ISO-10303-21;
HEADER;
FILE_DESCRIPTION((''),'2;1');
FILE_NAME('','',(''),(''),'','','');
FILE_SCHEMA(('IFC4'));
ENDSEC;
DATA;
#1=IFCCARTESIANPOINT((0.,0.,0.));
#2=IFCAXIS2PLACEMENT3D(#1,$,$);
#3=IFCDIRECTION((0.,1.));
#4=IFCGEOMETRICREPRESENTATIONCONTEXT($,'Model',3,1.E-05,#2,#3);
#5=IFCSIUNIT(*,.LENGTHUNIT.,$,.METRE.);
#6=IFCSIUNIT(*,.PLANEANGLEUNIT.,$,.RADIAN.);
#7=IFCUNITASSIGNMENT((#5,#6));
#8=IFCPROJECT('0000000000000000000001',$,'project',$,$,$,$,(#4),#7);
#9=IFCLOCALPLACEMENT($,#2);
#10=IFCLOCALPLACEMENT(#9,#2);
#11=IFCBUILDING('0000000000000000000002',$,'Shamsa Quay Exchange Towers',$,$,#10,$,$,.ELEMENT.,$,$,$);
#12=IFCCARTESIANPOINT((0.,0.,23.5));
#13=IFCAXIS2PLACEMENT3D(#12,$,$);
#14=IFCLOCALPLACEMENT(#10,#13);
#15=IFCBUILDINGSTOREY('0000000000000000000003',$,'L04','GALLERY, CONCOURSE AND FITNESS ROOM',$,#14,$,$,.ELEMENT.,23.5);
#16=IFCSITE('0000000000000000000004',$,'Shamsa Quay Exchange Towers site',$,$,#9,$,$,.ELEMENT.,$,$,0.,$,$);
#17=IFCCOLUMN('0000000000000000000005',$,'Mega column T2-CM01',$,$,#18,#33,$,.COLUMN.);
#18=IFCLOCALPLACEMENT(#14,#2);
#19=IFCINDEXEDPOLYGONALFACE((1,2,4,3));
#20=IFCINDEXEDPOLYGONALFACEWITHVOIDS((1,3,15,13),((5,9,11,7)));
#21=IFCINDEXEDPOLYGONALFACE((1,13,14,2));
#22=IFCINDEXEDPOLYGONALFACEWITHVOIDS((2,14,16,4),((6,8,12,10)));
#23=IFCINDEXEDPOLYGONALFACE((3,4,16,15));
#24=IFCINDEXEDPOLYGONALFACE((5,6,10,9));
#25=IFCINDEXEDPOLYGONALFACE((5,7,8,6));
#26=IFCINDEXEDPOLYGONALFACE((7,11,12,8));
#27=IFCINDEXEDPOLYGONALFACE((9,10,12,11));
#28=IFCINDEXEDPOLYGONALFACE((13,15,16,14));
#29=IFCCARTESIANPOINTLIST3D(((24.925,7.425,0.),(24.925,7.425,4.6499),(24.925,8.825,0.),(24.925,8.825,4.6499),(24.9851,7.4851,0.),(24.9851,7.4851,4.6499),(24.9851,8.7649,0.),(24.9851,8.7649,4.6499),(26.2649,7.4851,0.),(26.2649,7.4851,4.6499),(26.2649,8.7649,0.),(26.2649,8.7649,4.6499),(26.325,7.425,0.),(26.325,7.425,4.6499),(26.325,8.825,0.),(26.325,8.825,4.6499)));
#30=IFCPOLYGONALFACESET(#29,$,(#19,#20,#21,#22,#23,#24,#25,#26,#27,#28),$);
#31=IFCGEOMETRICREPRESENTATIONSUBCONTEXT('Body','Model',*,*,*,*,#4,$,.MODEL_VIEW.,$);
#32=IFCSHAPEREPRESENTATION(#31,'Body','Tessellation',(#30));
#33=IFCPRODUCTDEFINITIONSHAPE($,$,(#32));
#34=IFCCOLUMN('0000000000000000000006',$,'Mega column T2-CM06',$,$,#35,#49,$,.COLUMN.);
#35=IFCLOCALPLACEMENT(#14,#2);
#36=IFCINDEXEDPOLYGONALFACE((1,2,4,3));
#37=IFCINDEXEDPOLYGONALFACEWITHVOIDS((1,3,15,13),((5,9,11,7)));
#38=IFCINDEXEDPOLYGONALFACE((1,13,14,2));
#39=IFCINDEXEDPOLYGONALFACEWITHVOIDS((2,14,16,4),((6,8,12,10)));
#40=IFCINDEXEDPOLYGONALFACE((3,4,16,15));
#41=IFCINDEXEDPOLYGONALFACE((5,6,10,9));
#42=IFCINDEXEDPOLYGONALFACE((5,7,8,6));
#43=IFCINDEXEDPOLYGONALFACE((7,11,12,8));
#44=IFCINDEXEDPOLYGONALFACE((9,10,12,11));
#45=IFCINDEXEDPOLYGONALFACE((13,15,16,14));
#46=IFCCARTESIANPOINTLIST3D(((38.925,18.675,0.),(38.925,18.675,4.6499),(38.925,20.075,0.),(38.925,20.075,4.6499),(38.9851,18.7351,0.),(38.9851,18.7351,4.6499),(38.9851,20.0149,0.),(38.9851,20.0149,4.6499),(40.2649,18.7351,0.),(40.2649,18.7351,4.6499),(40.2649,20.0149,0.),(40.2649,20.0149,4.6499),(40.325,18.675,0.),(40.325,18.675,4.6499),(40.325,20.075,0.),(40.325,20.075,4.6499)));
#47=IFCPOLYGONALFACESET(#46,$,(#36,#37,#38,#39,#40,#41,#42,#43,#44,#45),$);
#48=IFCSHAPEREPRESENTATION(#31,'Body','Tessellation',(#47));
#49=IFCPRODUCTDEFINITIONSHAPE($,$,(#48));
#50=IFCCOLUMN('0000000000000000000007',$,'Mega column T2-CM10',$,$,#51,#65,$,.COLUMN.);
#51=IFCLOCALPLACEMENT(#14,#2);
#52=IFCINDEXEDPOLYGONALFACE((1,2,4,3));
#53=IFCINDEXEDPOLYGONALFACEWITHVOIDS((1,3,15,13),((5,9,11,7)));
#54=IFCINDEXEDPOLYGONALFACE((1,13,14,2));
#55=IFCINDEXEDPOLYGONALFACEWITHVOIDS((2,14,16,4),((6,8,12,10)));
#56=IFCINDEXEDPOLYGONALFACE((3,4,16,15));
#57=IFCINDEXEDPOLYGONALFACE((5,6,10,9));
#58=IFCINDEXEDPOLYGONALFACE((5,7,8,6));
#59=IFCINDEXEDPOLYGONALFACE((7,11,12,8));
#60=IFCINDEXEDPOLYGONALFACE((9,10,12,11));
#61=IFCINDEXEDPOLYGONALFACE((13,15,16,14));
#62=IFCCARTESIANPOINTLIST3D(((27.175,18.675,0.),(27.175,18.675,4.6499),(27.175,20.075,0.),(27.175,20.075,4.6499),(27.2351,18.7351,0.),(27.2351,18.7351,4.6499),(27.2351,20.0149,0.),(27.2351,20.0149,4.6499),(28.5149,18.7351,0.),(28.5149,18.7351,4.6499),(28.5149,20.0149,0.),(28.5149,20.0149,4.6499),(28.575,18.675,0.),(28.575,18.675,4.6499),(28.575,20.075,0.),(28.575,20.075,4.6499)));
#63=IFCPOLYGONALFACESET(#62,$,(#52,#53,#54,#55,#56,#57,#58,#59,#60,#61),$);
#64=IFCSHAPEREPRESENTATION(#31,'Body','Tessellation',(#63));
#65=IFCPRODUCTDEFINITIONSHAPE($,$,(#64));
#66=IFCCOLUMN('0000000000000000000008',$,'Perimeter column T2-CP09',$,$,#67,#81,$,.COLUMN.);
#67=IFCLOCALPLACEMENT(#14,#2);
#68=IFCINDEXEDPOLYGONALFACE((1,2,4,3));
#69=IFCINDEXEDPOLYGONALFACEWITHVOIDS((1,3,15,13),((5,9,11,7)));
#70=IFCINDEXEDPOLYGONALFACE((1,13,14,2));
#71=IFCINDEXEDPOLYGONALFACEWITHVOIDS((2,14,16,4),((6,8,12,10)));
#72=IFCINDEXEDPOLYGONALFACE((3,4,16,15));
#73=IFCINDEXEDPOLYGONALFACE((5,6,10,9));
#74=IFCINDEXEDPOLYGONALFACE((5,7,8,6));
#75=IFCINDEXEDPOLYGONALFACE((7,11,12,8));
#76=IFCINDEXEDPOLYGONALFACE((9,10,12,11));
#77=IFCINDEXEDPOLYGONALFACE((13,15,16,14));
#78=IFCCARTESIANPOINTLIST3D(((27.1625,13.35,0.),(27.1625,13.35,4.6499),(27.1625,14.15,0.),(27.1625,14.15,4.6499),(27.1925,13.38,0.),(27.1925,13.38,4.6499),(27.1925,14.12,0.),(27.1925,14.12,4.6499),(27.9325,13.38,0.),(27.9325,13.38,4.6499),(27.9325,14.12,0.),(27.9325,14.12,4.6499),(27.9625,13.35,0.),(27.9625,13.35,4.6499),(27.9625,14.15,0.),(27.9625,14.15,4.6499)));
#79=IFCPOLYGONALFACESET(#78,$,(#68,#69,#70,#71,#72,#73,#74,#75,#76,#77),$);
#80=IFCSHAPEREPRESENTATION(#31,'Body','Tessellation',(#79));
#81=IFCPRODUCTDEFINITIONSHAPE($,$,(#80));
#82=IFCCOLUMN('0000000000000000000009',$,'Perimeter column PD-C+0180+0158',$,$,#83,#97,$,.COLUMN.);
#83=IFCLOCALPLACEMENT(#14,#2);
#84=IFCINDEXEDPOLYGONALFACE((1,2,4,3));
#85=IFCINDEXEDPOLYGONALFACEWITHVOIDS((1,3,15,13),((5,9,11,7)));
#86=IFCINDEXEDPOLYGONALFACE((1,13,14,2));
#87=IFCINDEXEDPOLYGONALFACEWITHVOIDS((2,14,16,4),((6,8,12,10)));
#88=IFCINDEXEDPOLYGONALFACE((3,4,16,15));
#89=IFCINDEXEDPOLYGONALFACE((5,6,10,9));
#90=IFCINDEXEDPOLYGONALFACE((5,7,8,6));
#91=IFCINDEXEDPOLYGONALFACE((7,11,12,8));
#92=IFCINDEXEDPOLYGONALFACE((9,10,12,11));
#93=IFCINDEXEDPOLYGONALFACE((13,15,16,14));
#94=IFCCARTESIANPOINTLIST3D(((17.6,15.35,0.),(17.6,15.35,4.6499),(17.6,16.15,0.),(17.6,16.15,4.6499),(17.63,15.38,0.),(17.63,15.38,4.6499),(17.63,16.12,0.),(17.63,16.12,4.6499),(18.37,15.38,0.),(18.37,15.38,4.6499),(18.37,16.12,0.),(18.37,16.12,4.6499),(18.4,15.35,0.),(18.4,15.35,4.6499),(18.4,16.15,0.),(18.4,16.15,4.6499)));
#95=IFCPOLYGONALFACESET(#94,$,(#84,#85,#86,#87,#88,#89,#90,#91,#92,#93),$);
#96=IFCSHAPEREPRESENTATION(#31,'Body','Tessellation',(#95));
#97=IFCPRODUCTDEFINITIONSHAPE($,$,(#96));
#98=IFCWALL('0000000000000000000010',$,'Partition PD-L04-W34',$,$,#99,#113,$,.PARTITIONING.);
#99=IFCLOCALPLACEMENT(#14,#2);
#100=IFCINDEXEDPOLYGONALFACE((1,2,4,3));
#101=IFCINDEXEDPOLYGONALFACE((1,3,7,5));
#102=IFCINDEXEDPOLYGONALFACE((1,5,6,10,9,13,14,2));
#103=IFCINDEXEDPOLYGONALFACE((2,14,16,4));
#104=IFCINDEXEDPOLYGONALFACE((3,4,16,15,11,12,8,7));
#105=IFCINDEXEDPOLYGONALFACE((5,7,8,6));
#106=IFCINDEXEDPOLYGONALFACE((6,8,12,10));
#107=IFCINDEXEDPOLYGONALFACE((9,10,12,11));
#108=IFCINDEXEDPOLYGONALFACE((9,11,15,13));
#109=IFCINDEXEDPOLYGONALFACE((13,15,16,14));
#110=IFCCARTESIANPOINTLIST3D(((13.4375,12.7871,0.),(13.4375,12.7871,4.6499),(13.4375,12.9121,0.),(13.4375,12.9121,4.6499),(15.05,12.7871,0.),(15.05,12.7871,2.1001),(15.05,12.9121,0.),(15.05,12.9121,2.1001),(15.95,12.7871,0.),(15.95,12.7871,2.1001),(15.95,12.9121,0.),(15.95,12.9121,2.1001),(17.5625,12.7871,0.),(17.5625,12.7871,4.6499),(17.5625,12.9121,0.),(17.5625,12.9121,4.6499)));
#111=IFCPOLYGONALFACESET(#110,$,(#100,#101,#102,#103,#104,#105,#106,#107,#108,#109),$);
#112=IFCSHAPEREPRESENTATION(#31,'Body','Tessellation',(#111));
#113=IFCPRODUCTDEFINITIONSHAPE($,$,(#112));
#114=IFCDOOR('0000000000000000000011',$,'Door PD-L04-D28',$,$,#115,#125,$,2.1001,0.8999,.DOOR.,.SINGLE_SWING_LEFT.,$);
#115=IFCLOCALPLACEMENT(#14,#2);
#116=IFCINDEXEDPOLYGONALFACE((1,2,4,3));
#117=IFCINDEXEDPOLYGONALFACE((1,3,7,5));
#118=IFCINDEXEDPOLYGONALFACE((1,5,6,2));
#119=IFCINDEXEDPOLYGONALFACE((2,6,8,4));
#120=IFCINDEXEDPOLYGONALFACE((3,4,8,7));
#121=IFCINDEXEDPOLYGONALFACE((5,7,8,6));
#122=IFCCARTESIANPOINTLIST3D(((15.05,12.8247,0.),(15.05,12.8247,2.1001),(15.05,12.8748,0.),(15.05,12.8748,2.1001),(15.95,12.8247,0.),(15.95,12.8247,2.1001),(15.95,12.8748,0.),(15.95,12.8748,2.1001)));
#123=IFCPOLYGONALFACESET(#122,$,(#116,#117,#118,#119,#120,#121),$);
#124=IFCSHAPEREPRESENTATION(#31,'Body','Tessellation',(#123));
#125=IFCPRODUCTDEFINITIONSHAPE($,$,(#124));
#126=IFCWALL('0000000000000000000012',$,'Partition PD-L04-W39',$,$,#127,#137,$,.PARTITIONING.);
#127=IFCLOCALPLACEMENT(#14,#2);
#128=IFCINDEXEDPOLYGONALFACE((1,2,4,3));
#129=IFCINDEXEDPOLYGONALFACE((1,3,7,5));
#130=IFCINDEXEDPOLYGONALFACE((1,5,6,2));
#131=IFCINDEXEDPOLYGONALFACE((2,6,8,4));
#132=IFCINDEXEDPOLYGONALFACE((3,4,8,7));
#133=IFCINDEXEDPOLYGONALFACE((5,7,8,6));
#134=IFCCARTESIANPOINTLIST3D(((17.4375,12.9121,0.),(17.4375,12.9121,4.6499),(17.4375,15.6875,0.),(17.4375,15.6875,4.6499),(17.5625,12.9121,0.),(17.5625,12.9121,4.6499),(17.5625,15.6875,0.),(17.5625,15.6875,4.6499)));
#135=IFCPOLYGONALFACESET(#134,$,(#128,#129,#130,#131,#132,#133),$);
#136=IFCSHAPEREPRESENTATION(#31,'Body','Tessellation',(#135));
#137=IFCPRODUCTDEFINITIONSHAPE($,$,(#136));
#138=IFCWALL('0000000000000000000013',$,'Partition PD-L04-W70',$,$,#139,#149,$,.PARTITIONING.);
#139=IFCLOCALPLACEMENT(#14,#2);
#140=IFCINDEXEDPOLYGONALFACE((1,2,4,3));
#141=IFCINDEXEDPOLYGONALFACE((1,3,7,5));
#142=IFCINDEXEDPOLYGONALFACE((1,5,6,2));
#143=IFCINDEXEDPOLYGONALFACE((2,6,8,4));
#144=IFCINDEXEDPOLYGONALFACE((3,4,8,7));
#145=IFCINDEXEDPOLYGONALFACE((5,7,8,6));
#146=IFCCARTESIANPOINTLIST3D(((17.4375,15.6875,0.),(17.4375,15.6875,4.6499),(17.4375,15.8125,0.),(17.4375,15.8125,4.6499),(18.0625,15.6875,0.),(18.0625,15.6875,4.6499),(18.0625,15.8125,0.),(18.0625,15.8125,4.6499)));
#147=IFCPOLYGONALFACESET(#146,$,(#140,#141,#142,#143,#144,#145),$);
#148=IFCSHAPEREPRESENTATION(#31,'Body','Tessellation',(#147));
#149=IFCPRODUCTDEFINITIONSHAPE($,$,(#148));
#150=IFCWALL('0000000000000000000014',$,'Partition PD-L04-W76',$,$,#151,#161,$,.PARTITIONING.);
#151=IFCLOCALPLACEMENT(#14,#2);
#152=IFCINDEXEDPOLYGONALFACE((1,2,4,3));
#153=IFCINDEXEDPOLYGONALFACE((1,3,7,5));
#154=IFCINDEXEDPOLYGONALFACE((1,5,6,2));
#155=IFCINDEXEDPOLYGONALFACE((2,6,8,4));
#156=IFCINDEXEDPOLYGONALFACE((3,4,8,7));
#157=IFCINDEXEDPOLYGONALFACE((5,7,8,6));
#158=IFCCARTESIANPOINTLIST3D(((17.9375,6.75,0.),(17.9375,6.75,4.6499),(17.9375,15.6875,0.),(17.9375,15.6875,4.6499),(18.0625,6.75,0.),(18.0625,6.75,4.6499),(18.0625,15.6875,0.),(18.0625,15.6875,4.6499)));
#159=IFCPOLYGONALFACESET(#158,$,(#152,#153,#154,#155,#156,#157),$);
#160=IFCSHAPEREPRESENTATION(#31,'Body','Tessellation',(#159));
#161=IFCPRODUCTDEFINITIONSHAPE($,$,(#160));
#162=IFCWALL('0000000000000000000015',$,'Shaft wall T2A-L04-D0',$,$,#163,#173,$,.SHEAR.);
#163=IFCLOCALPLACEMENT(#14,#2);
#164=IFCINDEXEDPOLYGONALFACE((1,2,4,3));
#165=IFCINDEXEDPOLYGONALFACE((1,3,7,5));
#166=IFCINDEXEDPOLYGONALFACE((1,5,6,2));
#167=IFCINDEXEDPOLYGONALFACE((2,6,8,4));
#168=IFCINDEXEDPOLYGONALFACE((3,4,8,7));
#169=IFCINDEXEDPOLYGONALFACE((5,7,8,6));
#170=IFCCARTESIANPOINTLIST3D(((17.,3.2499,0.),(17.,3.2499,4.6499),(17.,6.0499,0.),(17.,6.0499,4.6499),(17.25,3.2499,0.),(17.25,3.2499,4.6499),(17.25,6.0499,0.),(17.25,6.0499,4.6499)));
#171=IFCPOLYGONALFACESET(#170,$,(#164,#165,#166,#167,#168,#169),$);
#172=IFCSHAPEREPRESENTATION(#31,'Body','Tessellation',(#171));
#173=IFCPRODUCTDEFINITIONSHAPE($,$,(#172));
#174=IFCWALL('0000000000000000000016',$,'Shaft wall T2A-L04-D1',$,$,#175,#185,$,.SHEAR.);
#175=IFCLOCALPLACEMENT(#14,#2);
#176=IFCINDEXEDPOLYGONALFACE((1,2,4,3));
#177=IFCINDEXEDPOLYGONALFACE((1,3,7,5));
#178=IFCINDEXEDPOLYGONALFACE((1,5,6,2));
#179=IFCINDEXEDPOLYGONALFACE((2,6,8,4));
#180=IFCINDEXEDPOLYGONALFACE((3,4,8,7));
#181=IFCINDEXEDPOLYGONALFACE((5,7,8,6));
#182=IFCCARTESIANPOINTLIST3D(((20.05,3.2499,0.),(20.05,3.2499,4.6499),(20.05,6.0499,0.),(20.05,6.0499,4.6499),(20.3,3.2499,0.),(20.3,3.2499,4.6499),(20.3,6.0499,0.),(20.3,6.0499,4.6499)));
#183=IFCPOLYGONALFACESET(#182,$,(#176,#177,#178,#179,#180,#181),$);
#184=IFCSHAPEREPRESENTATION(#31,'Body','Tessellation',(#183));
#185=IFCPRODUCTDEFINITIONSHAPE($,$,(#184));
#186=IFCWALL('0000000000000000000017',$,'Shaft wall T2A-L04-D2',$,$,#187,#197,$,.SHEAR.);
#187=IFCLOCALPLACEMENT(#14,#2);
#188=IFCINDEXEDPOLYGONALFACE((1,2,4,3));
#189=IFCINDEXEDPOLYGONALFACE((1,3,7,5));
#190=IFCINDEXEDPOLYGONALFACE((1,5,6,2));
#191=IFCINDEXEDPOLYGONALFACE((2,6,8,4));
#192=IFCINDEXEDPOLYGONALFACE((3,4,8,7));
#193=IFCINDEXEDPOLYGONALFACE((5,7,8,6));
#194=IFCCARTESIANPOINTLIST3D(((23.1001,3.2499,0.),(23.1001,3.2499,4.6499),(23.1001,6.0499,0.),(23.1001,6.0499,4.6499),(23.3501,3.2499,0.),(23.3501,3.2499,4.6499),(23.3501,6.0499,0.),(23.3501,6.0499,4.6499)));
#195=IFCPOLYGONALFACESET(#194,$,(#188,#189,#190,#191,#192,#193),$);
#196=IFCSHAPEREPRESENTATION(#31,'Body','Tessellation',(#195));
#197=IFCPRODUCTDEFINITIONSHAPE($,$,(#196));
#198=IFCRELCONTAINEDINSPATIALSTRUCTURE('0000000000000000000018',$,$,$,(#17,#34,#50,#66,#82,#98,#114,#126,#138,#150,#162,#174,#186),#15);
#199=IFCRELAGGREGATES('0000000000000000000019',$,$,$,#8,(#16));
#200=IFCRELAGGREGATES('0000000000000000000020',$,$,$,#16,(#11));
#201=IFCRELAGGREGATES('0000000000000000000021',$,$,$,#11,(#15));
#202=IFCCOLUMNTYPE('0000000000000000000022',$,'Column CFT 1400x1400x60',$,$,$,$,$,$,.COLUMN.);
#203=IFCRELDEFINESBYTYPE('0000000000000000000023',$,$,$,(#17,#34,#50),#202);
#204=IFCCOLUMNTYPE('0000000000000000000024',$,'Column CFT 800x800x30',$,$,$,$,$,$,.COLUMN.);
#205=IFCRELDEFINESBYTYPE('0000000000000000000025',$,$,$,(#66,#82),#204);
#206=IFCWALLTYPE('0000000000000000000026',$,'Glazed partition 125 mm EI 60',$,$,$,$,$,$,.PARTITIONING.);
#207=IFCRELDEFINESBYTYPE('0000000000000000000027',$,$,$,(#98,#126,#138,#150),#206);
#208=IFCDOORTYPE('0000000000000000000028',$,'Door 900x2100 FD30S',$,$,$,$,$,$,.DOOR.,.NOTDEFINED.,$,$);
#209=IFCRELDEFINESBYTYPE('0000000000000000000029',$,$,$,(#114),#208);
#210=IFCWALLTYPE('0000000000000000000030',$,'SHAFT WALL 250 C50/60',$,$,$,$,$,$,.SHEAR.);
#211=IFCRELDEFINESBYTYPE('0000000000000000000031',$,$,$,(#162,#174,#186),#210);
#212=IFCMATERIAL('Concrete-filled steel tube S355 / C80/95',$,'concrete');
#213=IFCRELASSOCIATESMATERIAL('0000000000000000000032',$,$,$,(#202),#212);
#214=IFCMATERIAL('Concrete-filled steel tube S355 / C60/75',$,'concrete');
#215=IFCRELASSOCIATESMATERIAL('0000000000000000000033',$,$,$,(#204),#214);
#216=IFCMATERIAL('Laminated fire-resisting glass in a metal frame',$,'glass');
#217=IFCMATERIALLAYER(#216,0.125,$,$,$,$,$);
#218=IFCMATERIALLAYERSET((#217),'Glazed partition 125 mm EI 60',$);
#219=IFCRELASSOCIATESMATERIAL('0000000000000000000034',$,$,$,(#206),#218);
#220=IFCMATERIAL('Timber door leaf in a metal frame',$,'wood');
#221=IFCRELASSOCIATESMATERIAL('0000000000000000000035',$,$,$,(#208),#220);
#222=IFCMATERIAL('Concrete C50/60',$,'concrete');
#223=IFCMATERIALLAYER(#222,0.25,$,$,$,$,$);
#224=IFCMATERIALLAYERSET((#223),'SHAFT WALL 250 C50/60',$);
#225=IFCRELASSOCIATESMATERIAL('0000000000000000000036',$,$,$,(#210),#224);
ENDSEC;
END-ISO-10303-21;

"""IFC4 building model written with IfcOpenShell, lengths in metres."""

from ifc_helpers import new_model, si_unit, direction, frame, frame_2d, origin, origin_2d, place, context, subcontext, project, spatial, rectangle, hollow_rectangle, extrude, material, layer, layer_set, material_profile, profile_set, type_object, element, fill, save


model = new_model("IFC4")

# Units and contexts
model_context = context("Model", 3, precision=1e-05, world=origin(), true_north=direction((0.0, 1.0)))
body_context = subcontext(model_context, "Body", "Model", "MODEL_VIEW")
ifc_project = project(units=[si_unit("LENGTHUNIT", "METRE"), si_unit("PLANEANGLEUNIT", "RADIAN")], contexts=[model_context])

# Site, building, storey
site_placement = place(None, origin())
site = spatial("IfcSite", under=ifc_project, at=site_placement, Name="Shamsa Quay Exchange Towers site", CompositionType="ELEMENT", RefElevation=0.0)
building_placement = place(site_placement, origin())
building = spatial("IfcBuilding", under=site, at=building_placement, Name="Shamsa Quay Exchange Towers", CompositionType="ELEMENT")
storey_placement = place(building_placement, frame((0.0, 0.0, 23.5)))
storey = spatial("IfcBuildingStorey", under=building, at=storey_placement, Name="L04", Description="GALLERY, CONCOURSE AND FITNESS ROOM", CompositionType="ELEMENT", Elevation=23.5)

# Columns
ifc_material_1 = material(Name="Concrete-filled steel tube S355 / C80/95", Category="concrete")
ifc_material_profile_1 = material_profile(ifc_material_1, hollow_rectangle(XDim=1.3999, YDim=1.3999, WallThickness=0.0601, at=origin_2d()), Name="CFT 1400x1400x60")
ifc_profile_set_1 = profile_set([ifc_material_profile_1], Name="Concrete-filled steel tube S355 / C80/95")
column_type_1 = type_object("IfcColumnType", Name="Column CFT 1400x1400x60", PredefinedType="COLUMN", material=ifc_profile_set_1)
for number, where, name in (
    (1, (25.625, 8.125, 0.0), "Mega column T2-CM01"),
    (2, (39.625, 19.375, 0.0), "Mega column T2-CM06"),
    (3, (27.875, 19.375, 0.0), "Mega column T2-CM10"),
):
    element("IfcColumn", number, at=place(storey_placement, frame(where)), inside=storey, type_object=column_type_1, Name=name, PredefinedType="COLUMN", context=body_context, shape_type="SweptSolid", body=[
        extrude(hollow_rectangle(XDim=1.3999, YDim=1.3999, WallThickness=0.0601, at=origin_2d()), origin(), (0.0, 0.0, 1.0), 4.6499),
    ])
ifc_material_2 = material(Name="Concrete-filled steel tube S355 / C60/75", Category="concrete")
ifc_material_profile_2 = material_profile(ifc_material_2, hollow_rectangle(XDim=0.8, YDim=0.8, WallThickness=0.03, at=origin_2d()), Name="CFT 800x800x30")
ifc_profile_set_2 = profile_set([ifc_material_profile_2], Name="Concrete-filled steel tube S355 / C60/75")
column_type_2 = type_object("IfcColumnType", Name="Column CFT 800x800x30", PredefinedType="COLUMN", material=ifc_profile_set_2)
for number, where, name in (
    (4, (27.5625, 13.75, 0.0), "Perimeter column T2-CP09"),
    (5, (18.0, 15.75, 0.0), "Perimeter column PD-C+0180+0158"),
):
    element("IfcColumn", number, at=place(storey_placement, frame(where)), inside=storey, type_object=column_type_2, Name=name, PredefinedType="COLUMN", context=body_context, shape_type="SweptSolid", body=[
        extrude(hollow_rectangle(XDim=0.8, YDim=0.8, WallThickness=0.03, at=origin_2d()), origin(), (0.0, 0.0, 1.0), 4.6499),
    ])

# Wall, opening, door
ifc_material_3 = material(Name="Laminated fire-resisting glass in a metal frame", Category="glass")
ifc_layer_1 = layer(ifc_material_3, 0.125)
ifc_layer_set_1 = layer_set([ifc_layer_1], Name="Glazed partition 125 mm EI 60")
wall_type_1 = type_object("IfcWallType", Name="Glazed partition 125 mm EI 60", PredefinedType="PARTITIONING", material=ifc_layer_set_1)
wall_1_placement = place(storey_placement, frame((17.5625, 12.8496, 0.0), z_axis=(0.0, 0.0, 1.0), x_axis=(-1.0, 0.0, 0.0)))
wall_1 = element("IfcWall", 6, at=wall_1_placement, inside=storey, type_object=wall_type_1, Name="Partition PD-L04-W34", PredefinedType="PARTITIONING", context=body_context, shape_type="SweptSolid", body=[
    extrude(rectangle(XDim=4.125, YDim=0.125, at=frame_2d((2.0625, 0.0))), origin(), (0.0, 0.0, 1.0), 4.6499),
])
opening_1_placement = place(wall_1_placement, frame((1.6125, 0.0, 0.0)))
opening_1 = element("IfcOpeningElement", 7, at=opening_1_placement, cuts=wall_1, PredefinedType="OPENING", context=body_context, shape_type="SweptSolid", body=[
    extrude(rectangle(XDim=0.8999, YDim=2.1001, at=frame_2d((0.45, 1.05))), frame((0.0, 0.0725, 0.0), z_axis=(0.0, -1.0, 0.0), x_axis=(1.0, 0.0, 0.0)), (0.0, 0.0, 1.0), 0.145),
])
ifc_material_4 = material(Name="Timber door leaf in a metal frame", Category="wood")
door_type_1 = type_object("IfcDoorType", Name="Door 900x2100 FD30S", OperationType="NOTDEFINED", PredefinedType="DOOR", material=ifc_material_4)
door_1_placement = place(opening_1_placement, origin())
door_1 = element("IfcDoor", 8, at=door_1_placement, inside=storey, type_object=door_type_1, Name="Door PD-L04-D28", OperationType="SINGLE_SWING_LEFT", OverallHeight=2.1001, OverallWidth=0.8999, PredefinedType="DOOR", context=body_context, shape_type="SweptSolid", body=[
    extrude(rectangle(XDim=0.8999, YDim=2.1001, at=frame_2d((0.45, 1.05))), frame((0.0, 0.0249, 0.0), z_axis=(0.0, -1.0, 0.0), x_axis=(1.0, 0.0, 0.0)), (0.0, 0.0, 1.0), 0.05),
])
fill(opening_1, door_1)

# Walls
wall_2_placement = place(storey_placement, frame((17.5, 15.6875, 0.0), z_axis=(0.0, 0.0, 1.0), x_axis=(0.0, -1.0, 0.0)))
element("IfcWall", 9, at=wall_2_placement, inside=storey, type_object=wall_type_1, Name="Partition PD-L04-W39", PredefinedType="PARTITIONING", context=body_context, shape_type="SweptSolid", body=[
    extrude(rectangle(XDim=2.7754, YDim=0.125, at=frame_2d((1.3877, 0.0))), origin(), (0.0, 0.0, 1.0), 4.6499),
])
wall_3_placement = place(storey_placement, frame((17.4375, 15.75, 0.0)))
element("IfcWall", 10, at=wall_3_placement, inside=storey, type_object=wall_type_1, Name="Partition PD-L04-W70", PredefinedType="PARTITIONING", context=body_context, shape_type="SweptSolid", body=[
    extrude(rectangle(XDim=0.625, YDim=0.125, at=frame_2d((0.3125, 0.0))), origin(), (0.0, 0.0, 1.0), 4.6499),
])
wall_4_placement = place(storey_placement, frame((18.0, 15.6875, 0.0), z_axis=(0.0, 0.0, 1.0), x_axis=(0.0, -1.0, 0.0)))
element("IfcWall", 11, at=wall_4_placement, inside=storey, type_object=wall_type_1, Name="Partition PD-L04-W76", PredefinedType="PARTITIONING", context=body_context, shape_type="SweptSolid", body=[
    extrude(rectangle(XDim=8.9375, YDim=0.125, at=frame_2d((4.4688, 0.0))), origin(), (0.0, 0.0, 1.0), 4.6499),
])
ifc_material_5 = material(Name="Concrete C50/60", Category="concrete")
ifc_layer_2 = layer(ifc_material_5, 0.25)
ifc_layer_set_2 = layer_set([ifc_layer_2], Name="SHAFT WALL 250 C50/60")
wall_type_2 = type_object("IfcWallType", Name="SHAFT WALL 250 C50/60", PredefinedType="SHEAR", material=ifc_layer_set_2)
for number, where, z_axis, x_axis, name in (
    (12, (17.125, 3.25, 0.0), (0.0, 0.0, 1.0), (0.0, 1.0, 0.0), "Shaft wall T2A-L04-D0"),
    (13, (20.175, 3.25, 0.0), (0.0, 0.0, 1.0), (0.0, 1.0, 0.0), "Shaft wall T2A-L04-D1"),
    (14, (23.2251, 3.25, 0.0), (0.0, 0.0, 1.0), (0.0, 1.0, 0.0), "Shaft wall T2A-L04-D2"),
):
    element("IfcWall", number, at=place(storey_placement, frame(where, z_axis=z_axis, x_axis=x_axis)), inside=storey, type_object=wall_type_2, Name=name, PredefinedType="SHEAR", context=body_context, shape_type="SweptSolid", body=[
        extrude(rectangle(XDim=2.8, YDim=0.25, at=frame_2d((1.3999, 0.0))), origin(), (0.0, 0.0, 1.0), 4.6499),
    ])

save(model, "model.ifc")
